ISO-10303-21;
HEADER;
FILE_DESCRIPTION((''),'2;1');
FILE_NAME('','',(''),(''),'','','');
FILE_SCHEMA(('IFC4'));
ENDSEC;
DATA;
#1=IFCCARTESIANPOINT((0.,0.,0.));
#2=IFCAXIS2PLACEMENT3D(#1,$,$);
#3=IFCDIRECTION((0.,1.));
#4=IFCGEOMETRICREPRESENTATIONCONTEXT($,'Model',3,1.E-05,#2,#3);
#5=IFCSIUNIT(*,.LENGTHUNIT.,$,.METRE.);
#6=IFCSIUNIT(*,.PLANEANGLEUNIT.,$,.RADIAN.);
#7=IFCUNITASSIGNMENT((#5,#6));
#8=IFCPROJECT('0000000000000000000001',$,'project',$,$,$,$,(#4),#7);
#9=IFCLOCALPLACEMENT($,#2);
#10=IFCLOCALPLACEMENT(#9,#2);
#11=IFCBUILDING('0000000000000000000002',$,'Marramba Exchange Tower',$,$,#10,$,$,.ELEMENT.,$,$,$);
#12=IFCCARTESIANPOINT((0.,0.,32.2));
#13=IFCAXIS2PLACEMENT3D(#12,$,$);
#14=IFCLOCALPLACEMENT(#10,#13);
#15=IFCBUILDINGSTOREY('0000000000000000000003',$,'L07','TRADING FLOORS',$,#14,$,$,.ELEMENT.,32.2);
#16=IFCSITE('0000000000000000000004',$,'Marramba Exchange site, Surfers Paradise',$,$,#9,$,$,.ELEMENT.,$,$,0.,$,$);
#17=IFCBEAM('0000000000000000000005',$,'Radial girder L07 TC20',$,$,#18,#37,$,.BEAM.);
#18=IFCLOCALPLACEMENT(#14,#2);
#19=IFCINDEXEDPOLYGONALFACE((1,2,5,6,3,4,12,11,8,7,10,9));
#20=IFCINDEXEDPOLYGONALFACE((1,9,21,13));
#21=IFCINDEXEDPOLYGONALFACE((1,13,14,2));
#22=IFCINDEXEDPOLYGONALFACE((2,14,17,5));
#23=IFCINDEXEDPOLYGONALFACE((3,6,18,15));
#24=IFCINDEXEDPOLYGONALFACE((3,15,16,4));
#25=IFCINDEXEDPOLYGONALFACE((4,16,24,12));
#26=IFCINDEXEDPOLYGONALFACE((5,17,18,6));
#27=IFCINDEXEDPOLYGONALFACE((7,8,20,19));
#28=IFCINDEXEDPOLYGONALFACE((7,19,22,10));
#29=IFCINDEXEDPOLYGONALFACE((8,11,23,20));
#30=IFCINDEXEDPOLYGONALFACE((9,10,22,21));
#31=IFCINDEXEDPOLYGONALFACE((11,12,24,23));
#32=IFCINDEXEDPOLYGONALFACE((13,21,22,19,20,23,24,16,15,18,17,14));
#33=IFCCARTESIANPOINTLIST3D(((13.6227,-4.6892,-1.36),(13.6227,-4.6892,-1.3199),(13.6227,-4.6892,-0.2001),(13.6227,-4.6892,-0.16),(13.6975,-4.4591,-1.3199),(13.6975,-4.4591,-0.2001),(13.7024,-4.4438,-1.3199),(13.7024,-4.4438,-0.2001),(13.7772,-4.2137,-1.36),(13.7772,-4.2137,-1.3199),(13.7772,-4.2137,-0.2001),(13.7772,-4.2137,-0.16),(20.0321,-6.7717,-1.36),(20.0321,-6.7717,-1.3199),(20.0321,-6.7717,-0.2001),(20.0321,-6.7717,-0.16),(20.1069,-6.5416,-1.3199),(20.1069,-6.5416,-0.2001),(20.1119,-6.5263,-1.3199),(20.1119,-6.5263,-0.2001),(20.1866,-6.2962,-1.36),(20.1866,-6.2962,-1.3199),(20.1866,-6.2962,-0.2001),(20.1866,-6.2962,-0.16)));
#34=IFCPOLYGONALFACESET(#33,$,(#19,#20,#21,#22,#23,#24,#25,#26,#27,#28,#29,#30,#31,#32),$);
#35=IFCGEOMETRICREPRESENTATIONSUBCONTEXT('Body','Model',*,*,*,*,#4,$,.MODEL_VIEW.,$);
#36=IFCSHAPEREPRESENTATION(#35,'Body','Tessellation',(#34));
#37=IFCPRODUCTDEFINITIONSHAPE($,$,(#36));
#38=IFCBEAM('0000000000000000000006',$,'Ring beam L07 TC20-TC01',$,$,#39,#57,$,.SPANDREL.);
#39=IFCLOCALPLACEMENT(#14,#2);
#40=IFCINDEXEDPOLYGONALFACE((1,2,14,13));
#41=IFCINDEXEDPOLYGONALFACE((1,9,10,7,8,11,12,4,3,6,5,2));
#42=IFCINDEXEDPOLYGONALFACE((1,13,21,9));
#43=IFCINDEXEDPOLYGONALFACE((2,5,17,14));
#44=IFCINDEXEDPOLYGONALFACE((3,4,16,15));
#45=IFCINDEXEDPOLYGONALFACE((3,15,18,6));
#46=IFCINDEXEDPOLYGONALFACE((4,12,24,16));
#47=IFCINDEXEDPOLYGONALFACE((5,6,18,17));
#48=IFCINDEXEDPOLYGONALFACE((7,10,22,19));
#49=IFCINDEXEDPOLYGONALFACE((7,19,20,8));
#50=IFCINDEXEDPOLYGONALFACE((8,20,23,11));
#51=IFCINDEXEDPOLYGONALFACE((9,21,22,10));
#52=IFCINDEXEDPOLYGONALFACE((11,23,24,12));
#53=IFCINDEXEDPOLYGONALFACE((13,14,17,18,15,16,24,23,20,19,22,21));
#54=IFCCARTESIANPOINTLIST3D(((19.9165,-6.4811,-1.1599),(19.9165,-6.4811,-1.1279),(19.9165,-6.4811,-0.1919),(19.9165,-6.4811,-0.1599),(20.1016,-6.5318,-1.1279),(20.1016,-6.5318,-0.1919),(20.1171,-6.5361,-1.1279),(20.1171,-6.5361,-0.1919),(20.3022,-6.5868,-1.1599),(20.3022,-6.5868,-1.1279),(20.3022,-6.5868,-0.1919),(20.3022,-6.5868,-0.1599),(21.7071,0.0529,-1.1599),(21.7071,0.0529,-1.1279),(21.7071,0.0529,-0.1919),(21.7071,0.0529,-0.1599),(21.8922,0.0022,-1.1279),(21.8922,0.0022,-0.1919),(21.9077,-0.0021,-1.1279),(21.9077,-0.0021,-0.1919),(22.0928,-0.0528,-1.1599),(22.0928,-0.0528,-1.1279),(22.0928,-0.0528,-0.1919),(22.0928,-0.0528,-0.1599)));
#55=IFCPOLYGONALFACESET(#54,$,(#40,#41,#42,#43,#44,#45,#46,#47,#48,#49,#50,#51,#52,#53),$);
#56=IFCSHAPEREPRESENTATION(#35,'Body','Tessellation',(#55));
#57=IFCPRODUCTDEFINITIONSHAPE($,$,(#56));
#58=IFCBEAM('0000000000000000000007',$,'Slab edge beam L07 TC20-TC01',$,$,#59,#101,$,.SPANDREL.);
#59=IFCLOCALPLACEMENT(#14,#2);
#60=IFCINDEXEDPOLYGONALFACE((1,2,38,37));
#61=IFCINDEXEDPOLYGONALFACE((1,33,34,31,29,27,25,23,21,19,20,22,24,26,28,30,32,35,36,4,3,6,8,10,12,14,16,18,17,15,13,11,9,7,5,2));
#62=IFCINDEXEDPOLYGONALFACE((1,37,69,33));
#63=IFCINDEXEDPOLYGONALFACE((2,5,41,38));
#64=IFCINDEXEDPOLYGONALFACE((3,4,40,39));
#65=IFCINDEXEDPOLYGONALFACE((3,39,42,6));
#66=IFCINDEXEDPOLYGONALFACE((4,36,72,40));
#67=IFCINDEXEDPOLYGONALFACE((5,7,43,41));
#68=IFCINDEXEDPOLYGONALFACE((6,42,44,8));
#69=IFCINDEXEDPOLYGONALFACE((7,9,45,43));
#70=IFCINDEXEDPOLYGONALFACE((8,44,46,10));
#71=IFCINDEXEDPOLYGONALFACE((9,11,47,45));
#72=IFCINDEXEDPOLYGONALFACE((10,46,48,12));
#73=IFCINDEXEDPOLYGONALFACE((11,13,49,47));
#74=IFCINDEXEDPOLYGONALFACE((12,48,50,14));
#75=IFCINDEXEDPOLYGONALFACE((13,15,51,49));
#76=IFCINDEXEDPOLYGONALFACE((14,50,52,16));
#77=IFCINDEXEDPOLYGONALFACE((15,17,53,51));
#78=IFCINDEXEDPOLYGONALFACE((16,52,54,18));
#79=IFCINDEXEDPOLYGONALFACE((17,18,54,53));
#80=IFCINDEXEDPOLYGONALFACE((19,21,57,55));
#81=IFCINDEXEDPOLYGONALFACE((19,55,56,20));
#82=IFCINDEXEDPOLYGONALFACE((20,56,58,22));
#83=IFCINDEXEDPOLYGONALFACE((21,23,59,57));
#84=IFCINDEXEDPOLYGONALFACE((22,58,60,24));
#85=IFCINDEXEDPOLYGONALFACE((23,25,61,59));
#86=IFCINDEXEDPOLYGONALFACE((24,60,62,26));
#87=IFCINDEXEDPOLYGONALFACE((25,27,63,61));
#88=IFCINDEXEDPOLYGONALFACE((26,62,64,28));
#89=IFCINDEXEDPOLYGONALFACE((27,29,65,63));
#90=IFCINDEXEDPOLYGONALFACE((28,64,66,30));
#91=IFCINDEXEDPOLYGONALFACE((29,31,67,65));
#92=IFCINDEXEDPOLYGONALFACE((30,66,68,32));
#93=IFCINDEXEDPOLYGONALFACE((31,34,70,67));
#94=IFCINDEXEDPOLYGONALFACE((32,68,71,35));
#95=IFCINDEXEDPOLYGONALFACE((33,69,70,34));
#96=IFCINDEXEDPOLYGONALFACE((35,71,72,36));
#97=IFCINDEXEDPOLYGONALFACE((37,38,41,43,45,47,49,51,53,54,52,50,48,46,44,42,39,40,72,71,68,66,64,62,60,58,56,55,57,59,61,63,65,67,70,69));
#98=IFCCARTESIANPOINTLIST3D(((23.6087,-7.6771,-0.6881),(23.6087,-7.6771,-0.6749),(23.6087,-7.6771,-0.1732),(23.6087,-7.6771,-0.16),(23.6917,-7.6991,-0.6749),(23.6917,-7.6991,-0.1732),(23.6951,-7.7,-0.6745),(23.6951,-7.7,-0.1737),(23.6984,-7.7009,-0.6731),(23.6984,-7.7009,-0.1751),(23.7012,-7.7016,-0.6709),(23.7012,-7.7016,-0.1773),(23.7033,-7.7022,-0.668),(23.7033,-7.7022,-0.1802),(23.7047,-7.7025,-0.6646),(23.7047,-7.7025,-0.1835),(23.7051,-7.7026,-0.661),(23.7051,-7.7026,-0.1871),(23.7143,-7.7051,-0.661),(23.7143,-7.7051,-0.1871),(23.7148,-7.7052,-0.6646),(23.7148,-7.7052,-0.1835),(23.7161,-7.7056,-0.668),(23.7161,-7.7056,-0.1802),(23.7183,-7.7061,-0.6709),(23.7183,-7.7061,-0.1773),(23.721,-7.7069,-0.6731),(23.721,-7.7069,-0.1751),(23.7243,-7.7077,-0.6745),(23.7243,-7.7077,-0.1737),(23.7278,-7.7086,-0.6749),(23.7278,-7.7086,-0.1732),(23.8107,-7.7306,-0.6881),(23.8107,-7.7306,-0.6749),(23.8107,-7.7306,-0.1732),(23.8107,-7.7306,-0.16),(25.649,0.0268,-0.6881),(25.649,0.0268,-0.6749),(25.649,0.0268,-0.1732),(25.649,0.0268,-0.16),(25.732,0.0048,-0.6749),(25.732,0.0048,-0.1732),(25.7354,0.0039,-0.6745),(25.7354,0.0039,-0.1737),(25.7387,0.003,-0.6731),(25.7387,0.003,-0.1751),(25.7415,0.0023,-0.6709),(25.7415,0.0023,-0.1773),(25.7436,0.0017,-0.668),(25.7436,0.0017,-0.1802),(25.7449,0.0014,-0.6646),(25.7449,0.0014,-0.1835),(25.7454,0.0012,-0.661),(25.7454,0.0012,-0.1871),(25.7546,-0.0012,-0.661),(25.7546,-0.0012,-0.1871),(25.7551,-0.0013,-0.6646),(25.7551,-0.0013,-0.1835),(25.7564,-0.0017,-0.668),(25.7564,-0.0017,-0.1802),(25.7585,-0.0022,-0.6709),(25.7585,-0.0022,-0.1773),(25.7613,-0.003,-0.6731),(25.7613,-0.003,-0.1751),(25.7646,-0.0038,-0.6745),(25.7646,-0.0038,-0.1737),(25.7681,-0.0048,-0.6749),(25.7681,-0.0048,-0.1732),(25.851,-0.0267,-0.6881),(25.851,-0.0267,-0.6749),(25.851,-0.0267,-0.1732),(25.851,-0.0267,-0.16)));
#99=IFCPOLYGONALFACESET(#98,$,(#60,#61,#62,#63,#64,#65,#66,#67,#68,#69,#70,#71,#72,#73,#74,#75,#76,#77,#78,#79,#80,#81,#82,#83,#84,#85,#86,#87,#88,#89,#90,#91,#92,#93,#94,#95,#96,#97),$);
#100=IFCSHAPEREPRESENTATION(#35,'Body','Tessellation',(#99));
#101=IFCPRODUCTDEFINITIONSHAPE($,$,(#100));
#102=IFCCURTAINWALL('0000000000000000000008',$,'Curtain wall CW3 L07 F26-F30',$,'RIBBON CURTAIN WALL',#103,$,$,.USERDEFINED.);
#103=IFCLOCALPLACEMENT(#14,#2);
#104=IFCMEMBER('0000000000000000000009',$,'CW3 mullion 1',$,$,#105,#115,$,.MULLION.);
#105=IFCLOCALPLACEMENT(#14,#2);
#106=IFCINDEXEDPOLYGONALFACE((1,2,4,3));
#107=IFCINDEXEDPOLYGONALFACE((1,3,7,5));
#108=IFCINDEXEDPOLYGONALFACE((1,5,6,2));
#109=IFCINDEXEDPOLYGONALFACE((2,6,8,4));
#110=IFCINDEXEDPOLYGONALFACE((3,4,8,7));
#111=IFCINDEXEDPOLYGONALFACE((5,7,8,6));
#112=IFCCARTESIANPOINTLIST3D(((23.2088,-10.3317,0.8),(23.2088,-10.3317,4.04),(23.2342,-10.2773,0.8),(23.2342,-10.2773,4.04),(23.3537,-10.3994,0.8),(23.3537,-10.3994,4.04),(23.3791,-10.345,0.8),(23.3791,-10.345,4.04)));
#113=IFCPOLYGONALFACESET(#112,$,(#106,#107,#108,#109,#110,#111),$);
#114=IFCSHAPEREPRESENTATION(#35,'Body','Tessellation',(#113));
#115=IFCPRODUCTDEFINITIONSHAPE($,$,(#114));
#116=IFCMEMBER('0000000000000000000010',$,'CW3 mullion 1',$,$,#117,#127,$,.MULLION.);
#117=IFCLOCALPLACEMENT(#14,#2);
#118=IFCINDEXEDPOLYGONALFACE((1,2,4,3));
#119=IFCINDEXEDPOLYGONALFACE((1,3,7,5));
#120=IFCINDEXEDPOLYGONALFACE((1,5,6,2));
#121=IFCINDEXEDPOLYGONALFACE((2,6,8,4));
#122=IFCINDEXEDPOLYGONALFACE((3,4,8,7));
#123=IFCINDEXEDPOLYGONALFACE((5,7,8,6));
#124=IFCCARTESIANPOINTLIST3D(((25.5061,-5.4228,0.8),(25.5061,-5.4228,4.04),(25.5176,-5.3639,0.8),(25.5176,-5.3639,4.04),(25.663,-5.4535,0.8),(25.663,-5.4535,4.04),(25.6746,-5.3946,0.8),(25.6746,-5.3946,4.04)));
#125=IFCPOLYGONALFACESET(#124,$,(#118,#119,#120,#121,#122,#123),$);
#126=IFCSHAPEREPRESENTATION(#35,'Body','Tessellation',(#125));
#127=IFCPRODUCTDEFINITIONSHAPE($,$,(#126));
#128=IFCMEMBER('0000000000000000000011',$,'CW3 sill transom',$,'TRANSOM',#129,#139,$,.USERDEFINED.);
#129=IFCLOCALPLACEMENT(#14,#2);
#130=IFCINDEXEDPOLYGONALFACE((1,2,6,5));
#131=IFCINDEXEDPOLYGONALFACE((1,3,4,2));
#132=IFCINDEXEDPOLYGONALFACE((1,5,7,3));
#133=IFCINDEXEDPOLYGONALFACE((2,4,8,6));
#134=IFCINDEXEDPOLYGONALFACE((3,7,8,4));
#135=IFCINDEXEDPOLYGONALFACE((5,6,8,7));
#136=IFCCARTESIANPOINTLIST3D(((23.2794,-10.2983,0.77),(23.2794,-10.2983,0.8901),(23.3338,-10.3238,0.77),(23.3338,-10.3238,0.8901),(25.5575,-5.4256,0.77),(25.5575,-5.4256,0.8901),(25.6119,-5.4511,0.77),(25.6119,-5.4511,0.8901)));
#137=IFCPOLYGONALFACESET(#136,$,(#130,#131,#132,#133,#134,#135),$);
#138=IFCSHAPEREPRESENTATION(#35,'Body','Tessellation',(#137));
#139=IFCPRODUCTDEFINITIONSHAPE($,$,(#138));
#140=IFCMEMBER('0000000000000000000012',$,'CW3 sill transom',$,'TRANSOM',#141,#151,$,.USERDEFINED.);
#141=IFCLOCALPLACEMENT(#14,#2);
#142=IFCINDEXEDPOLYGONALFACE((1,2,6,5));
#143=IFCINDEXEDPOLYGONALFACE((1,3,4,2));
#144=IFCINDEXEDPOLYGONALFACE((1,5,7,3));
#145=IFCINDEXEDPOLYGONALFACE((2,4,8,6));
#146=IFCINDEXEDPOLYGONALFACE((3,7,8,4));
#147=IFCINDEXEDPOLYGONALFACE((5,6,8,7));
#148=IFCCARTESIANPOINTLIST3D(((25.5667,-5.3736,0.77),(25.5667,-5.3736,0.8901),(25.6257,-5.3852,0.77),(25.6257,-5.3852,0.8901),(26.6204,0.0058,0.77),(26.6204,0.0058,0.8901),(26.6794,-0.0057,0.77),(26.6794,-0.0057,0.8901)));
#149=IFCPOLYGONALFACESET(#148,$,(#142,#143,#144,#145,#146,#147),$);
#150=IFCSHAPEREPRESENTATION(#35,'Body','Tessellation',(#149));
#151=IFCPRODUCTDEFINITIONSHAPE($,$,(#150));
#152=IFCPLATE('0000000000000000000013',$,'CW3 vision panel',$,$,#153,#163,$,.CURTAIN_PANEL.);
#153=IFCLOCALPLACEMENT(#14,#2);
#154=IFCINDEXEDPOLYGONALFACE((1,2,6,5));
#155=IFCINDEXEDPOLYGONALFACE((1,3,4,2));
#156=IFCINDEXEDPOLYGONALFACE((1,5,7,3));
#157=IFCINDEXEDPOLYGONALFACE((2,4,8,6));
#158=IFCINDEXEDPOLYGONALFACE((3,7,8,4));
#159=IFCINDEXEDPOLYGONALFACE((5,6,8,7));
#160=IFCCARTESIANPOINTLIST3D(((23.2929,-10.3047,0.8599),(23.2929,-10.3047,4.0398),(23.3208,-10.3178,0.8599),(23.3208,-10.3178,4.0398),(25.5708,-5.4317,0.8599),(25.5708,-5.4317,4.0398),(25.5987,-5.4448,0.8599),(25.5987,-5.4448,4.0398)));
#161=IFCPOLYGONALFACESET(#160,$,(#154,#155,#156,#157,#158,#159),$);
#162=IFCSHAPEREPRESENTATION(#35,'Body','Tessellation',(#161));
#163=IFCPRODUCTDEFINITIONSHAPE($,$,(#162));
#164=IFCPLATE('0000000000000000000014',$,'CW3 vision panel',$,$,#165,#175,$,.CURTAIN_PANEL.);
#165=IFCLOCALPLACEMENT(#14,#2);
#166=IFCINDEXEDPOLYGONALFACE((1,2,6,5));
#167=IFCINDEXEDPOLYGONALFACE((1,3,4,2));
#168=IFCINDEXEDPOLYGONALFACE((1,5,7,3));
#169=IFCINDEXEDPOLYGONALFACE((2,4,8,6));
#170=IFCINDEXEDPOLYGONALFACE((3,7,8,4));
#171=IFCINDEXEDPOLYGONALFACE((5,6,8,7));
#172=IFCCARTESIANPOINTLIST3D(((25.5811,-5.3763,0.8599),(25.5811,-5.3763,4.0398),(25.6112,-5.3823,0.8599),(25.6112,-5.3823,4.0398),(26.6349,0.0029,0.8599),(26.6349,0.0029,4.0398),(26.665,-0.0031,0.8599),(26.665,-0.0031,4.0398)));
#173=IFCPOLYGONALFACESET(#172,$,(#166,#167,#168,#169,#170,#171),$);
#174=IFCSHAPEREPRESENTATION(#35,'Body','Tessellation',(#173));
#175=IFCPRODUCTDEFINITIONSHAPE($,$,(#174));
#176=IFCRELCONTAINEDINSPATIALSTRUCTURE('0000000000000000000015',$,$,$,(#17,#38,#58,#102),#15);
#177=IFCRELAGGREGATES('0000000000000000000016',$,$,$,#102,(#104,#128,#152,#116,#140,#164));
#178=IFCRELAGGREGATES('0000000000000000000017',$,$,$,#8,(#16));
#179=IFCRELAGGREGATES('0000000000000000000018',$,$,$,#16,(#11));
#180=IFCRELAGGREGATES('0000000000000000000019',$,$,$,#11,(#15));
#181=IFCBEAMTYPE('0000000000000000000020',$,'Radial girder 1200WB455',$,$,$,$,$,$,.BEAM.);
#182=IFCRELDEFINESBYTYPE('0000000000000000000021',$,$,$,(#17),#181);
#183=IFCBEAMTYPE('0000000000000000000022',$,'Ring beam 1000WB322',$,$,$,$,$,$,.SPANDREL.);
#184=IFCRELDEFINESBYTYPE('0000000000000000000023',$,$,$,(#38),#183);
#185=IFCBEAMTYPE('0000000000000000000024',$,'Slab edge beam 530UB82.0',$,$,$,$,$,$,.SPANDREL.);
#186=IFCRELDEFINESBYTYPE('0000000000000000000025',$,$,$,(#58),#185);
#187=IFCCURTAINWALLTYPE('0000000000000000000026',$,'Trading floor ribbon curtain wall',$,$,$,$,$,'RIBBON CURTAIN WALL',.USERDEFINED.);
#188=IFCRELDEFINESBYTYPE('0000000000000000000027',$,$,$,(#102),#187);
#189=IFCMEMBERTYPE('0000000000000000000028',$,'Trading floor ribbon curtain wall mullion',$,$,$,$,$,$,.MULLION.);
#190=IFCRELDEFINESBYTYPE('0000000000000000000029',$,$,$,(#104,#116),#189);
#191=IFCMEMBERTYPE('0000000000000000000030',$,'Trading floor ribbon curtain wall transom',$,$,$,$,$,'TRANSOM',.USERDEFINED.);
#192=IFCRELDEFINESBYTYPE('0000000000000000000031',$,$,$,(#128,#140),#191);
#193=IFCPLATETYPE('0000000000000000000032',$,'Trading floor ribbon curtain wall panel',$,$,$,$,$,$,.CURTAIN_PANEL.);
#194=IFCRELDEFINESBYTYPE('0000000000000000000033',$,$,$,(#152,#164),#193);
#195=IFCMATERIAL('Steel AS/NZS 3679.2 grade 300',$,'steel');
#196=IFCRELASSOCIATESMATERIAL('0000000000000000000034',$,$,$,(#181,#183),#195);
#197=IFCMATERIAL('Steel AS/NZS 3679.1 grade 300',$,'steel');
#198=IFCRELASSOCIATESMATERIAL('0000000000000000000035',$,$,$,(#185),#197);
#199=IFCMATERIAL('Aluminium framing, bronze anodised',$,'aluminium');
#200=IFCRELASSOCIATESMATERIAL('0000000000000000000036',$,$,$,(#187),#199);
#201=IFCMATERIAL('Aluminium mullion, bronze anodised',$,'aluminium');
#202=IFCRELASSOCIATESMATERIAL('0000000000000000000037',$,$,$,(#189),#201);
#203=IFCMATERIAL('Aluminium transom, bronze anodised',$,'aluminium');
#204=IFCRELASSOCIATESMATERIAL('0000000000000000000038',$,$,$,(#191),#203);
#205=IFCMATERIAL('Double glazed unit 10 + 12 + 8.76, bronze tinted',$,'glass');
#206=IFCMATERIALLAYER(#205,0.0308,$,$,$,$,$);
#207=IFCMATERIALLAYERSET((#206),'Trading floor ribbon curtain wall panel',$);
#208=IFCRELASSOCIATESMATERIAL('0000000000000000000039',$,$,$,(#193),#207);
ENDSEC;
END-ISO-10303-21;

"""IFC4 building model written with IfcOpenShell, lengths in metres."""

from ifc_helpers import new_model, si_unit, direction, frame, origin, origin_2d, place, context, subcontext, project, spatial, rectangle, i_section, extrude, material, layer, layer_set, material_profile, profile_set, type_object, element, aggregate, save


model = new_model("IFC4")

# Units and contexts
model_context = context("Model", 3, precision=1e-05, world=origin(), true_north=direction((0.0, 1.0)))
body_context = subcontext(model_context, "Body", "Model", "MODEL_VIEW")
ifc_project = project(units=[si_unit("LENGTHUNIT", "METRE"), si_unit("PLANEANGLEUNIT", "RADIAN")], contexts=[model_context])

# Site, building, storey
site_placement = place(None, origin())
site = spatial("IfcSite", under=ifc_project, at=site_placement, Name="Marramba Exchange site, Surfers Paradise", CompositionType="ELEMENT", RefElevation=0.0)
building_placement = place(site_placement, origin())
building = spatial("IfcBuilding", under=site, at=building_placement, Name="Marramba Exchange Tower", CompositionType="ELEMENT")
storey_placement = place(building_placement, frame((0.0, 0.0, 32.2)))
storey = spatial("IfcBuildingStorey", under=building, at=storey_placement, Name="L07", Description="TRADING FLOORS", CompositionType="ELEMENT", Elevation=32.2)

# Beams
ifc_material_1 = material(Name="Steel AS/NZS 3679.2 grade 300", Category="steel")
ifc_material_2 = material(Name="Steel AS/NZS 3679.1 grade 300", Category="steel")
ifc_material_profile_1 = material_profile(ifc_material_1, i_section(OverallWidth=0.5, OverallDepth=1.2, WebThickness=0.0161, FlangeThickness=0.04, at=origin_2d()), Name="1200WB455")
ifc_profile_set_1 = profile_set([ifc_material_profile_1], Name="Steel AS/NZS 3679.2 grade 300")
beam_type_1 = type_object("IfcBeamType", Name="Radial girder 1200WB455", PredefinedType="BEAM", material=ifc_profile_set_1)
beam_1_placement = place(storey_placement, frame((13.7, -4.4514, -0.76), z_axis=(0.951058, -0.309013, 0.0), x_axis=(0.309013, 0.951058, 0.0)))
element("IfcBeam", 1, at=beam_1_placement, inside=storey, type_object=beam_type_1, Name="Radial girder L07 TC20", PredefinedType="BEAM", context=body_context, shape_type="SweptSolid", body=[
    extrude(i_section(OverallWidth=0.5, OverallDepth=1.2, WebThickness=0.0161, FlangeThickness=0.04, at=origin_2d()), origin(), (0.0, 0.0, 1.0), 6.7393),
])
ifc_material_profile_2 = material_profile(ifc_material_1, i_section(OverallWidth=0.3999, OverallDepth=1.0, WebThickness=0.0161, FlangeThickness=0.032, at=origin_2d()), Name="1000WB322")
ifc_profile_set_2 = profile_set([ifc_material_profile_2], Name="Steel AS/NZS 3679.2 grade 300")
beam_type_2 = type_object("IfcBeamType", Name="Ring beam 1000WB322", PredefinedType="SPANDREL", material=ifc_profile_set_2)
beam_2_placement = place(storey_placement, frame((20.1094, -6.5339, -0.6599), z_axis=(0.264291, 0.964443, 0.0), x_axis=(-0.964443, 0.264291, 0.0)))
element("IfcBeam", 2, at=beam_2_placement, inside=storey, type_object=beam_type_2, Name="Ring beam L07 TC20-TC01", PredefinedType="SPANDREL", context=body_context, shape_type="SweptSolid", body=[
    extrude(i_section(OverallWidth=0.3999, OverallDepth=1.0, WebThickness=0.0161, FlangeThickness=0.032, at=origin_2d()), origin(), (0.0, 0.0, 1.0), 6.7749),
])
ifc_material_profile_3 = material_profile(ifc_material_2, i_section(OverallWidth=0.209, OverallDepth=0.5281, WebThickness=0.0095, FlangeThickness=0.0132, FilletRadius=0.0139, at=origin_2d()), Name="530UB82.0")
ifc_profile_set_3 = profile_set([ifc_material_profile_3], Name="Steel AS/NZS 3679.1 grade 300")
beam_type_3 = type_object("IfcBeamType", Name="Slab edge beam 530UB82.0", PredefinedType="SPANDREL", material=ifc_profile_set_3)
beam_3_placement = place(storey_placement, frame((23.7097, -7.7039, -0.4241), z_axis=(0.256013, 0.966673, 0.0), x_axis=(-0.966673, 0.256013, 0.0)))
element("IfcBeam", 3, at=beam_3_placement, inside=storey, type_object=beam_type_3, Name="Slab edge beam L07 TC20-TC01", PredefinedType="SPANDREL", context=body_context, shape_type="SweptSolid", body=[
    extrude(i_section(OverallWidth=0.209, OverallDepth=0.5281, WebThickness=0.0095, FlangeThickness=0.0132, FilletRadius=0.0139, at=origin_2d()), origin(), (0.0, 0.0, 1.0), 7.9695),
])

# Curtain wall, members, plates
ifc_material_3 = material(Name="Aluminium framing, bronze anodised", Category="aluminium")
curtain_wall_type = type_object("IfcCurtainWallType", Name="Trading floor ribbon curtain wall", ElementType="RIBBON CURTAIN WALL", PredefinedType="USERDEFINED", material=ifc_material_3)
curtain_wall_placement = place(storey_placement, origin())
curtain_wall = element("IfcCurtainWall", 4, at=curtain_wall_placement, inside=storey, type_object=curtain_wall_type, Name="Curtain wall CW3 L07 F26-F30", ObjectType="RIBBON CURTAIN WALL", PredefinedType="USERDEFINED")
ifc_material_4 = material(Name="Aluminium mullion, bronze anodised", Category="aluminium")
ifc_material_profile_4 = material_profile(ifc_material_4, rectangle(XDim=0.1599, YDim=0.0601, at=origin_2d()), Name="CW3 mullion 60x160")
ifc_profile_set_4 = profile_set([ifc_material_profile_4], Name="Aluminium mullion, bronze anodised")
member_type_1 = type_object("IfcMemberType", Name="Trading floor ribbon curtain wall mullion", PredefinedType="MULLION", material=ifc_profile_set_4)
member_1_placement = place(storey_placement, frame((23.2939, -10.3384, 0.8), z_axis=(0.0, 0.0, 1.0), x_axis=(-0.905907, 0.423477, 0.0)))
member_1 = element("IfcMember", 5, at=member_1_placement, type_object=member_type_1, Name="CW3 mullion 1", PredefinedType="MULLION", context=body_context, shape_type="SweptSolid", body=[
    extrude(rectangle(XDim=0.1599, YDim=0.0601, at=origin_2d()), origin(), (0.0, 0.0, 1.0), 3.24),
])
member_2_placement = place(storey_placement, frame((25.5903, -5.4087, 0.8), z_axis=(0.0, 0.0, 1.0), x_axis=(-0.981346, 0.192249, 0.0)))
member_2 = element("IfcMember", 6, at=member_2_placement, type_object=member_type_1, Name="CW3 mullion 1", PredefinedType="MULLION", context=body_context, shape_type="SweptSolid", body=[
    extrude(rectangle(XDim=0.1599, YDim=0.0601, at=origin_2d()), origin(), (0.0, 0.0, 1.0), 3.24),
])
ifc_material_5 = material(Name="Aluminium transom, bronze anodised", Category="aluminium")
ifc_material_profile_5 = material_profile(ifc_material_5, rectangle(XDim=0.0601, YDim=0.1201, at=origin_2d()), Name="CW3 transom 60x120")
ifc_profile_set_5 = profile_set([ifc_material_profile_5], Name="Aluminium transom, bronze anodised")
member_type_2 = type_object("IfcMemberType", Name="Trading floor ribbon curtain wall transom", ElementType="TRANSOM", PredefinedType="USERDEFINED", material=ifc_profile_set_5)
member_3_placement = place(storey_placement, frame((23.3066, -10.311, 0.8301), z_axis=(0.423512, 0.905891, 0.0), x_axis=(-0.905891, 0.423512, 0.0)))
member_3 = element("IfcMember", 7, at=member_3_placement, type_object=member_type_2, Name="CW3 sill transom", ObjectType="TRANSOM", PredefinedType="USERDEFINED", context=body_context, shape_type="SweptSolid", body=[
    extrude(rectangle(XDim=0.0601, YDim=0.1201, at=origin_2d()), origin(), (0.0, 0.0, 1.0), 5.3789),
])
member_4_placement = place(storey_placement, frame((25.5962, -5.3794, 0.8301), z_axis=(0.192226, 0.981351, 0.0), x_axis=(-0.981351, 0.192226, 0.0)))
member_4 = element("IfcMember", 8, at=member_4_placement, type_object=member_type_2, Name="CW3 sill transom", ObjectType="TRANSOM", PredefinedType="USERDEFINED", context=body_context, shape_type="SweptSolid", body=[
    extrude(rectangle(XDim=0.0601, YDim=0.1201, at=origin_2d()), origin(), (0.0, 0.0, 1.0), 5.4817),
])
ifc_material_6 = material(Name="Double glazed unit 10 + 12 + 8.76, bronze tinted", Category="glass")
ifc_layer_1 = layer(ifc_material_6, 0.0308)
ifc_layer_set_1 = layer_set([ifc_layer_1], Name="Trading floor ribbon curtain wall panel")
plate_type = type_object("IfcPlateType", Name="Trading floor ribbon curtain wall panel", PredefinedType="CURTAIN_PANEL", material=ifc_layer_set_1)
plate_1_placement = place(storey_placement, frame((24.4458, -7.8748, 0.8599), z_axis=(0.0, 0.0, 1.0), x_axis=(0.423477, 0.905907, 0.0)))
plate_1 = element("IfcPlate", 9, at=plate_1_placement, type_object=plate_type, Name="CW3 vision panel", PredefinedType="CURTAIN_PANEL", context=body_context, shape_type="SweptSolid", body=[
    extrude(rectangle(XDim=5.3792, YDim=0.0308, at=origin_2d()), origin(), (0.0, 0.0, 1.0), 3.1799),
])
plate_2_placement = place(storey_placement, frame((26.123, -2.6897, 0.8599), z_axis=(0.0, 0.0, 1.0), x_axis=(0.192249, 0.981346, 0.0)))
plate_2 = element("IfcPlate", 10, at=plate_2_placement, type_object=plate_type, Name="CW3 vision panel", PredefinedType="CURTAIN_PANEL", context=body_context, shape_type="SweptSolid", body=[
    extrude(rectangle(XDim=5.4814, YDim=0.0308, at=origin_2d()), origin(), (0.0, 0.0, 1.0), 3.1799),
])
aggregate(curtain_wall, [member_1, member_3, plate_1, member_2, member_4, plate_2])

save(model, "model.ifc")
